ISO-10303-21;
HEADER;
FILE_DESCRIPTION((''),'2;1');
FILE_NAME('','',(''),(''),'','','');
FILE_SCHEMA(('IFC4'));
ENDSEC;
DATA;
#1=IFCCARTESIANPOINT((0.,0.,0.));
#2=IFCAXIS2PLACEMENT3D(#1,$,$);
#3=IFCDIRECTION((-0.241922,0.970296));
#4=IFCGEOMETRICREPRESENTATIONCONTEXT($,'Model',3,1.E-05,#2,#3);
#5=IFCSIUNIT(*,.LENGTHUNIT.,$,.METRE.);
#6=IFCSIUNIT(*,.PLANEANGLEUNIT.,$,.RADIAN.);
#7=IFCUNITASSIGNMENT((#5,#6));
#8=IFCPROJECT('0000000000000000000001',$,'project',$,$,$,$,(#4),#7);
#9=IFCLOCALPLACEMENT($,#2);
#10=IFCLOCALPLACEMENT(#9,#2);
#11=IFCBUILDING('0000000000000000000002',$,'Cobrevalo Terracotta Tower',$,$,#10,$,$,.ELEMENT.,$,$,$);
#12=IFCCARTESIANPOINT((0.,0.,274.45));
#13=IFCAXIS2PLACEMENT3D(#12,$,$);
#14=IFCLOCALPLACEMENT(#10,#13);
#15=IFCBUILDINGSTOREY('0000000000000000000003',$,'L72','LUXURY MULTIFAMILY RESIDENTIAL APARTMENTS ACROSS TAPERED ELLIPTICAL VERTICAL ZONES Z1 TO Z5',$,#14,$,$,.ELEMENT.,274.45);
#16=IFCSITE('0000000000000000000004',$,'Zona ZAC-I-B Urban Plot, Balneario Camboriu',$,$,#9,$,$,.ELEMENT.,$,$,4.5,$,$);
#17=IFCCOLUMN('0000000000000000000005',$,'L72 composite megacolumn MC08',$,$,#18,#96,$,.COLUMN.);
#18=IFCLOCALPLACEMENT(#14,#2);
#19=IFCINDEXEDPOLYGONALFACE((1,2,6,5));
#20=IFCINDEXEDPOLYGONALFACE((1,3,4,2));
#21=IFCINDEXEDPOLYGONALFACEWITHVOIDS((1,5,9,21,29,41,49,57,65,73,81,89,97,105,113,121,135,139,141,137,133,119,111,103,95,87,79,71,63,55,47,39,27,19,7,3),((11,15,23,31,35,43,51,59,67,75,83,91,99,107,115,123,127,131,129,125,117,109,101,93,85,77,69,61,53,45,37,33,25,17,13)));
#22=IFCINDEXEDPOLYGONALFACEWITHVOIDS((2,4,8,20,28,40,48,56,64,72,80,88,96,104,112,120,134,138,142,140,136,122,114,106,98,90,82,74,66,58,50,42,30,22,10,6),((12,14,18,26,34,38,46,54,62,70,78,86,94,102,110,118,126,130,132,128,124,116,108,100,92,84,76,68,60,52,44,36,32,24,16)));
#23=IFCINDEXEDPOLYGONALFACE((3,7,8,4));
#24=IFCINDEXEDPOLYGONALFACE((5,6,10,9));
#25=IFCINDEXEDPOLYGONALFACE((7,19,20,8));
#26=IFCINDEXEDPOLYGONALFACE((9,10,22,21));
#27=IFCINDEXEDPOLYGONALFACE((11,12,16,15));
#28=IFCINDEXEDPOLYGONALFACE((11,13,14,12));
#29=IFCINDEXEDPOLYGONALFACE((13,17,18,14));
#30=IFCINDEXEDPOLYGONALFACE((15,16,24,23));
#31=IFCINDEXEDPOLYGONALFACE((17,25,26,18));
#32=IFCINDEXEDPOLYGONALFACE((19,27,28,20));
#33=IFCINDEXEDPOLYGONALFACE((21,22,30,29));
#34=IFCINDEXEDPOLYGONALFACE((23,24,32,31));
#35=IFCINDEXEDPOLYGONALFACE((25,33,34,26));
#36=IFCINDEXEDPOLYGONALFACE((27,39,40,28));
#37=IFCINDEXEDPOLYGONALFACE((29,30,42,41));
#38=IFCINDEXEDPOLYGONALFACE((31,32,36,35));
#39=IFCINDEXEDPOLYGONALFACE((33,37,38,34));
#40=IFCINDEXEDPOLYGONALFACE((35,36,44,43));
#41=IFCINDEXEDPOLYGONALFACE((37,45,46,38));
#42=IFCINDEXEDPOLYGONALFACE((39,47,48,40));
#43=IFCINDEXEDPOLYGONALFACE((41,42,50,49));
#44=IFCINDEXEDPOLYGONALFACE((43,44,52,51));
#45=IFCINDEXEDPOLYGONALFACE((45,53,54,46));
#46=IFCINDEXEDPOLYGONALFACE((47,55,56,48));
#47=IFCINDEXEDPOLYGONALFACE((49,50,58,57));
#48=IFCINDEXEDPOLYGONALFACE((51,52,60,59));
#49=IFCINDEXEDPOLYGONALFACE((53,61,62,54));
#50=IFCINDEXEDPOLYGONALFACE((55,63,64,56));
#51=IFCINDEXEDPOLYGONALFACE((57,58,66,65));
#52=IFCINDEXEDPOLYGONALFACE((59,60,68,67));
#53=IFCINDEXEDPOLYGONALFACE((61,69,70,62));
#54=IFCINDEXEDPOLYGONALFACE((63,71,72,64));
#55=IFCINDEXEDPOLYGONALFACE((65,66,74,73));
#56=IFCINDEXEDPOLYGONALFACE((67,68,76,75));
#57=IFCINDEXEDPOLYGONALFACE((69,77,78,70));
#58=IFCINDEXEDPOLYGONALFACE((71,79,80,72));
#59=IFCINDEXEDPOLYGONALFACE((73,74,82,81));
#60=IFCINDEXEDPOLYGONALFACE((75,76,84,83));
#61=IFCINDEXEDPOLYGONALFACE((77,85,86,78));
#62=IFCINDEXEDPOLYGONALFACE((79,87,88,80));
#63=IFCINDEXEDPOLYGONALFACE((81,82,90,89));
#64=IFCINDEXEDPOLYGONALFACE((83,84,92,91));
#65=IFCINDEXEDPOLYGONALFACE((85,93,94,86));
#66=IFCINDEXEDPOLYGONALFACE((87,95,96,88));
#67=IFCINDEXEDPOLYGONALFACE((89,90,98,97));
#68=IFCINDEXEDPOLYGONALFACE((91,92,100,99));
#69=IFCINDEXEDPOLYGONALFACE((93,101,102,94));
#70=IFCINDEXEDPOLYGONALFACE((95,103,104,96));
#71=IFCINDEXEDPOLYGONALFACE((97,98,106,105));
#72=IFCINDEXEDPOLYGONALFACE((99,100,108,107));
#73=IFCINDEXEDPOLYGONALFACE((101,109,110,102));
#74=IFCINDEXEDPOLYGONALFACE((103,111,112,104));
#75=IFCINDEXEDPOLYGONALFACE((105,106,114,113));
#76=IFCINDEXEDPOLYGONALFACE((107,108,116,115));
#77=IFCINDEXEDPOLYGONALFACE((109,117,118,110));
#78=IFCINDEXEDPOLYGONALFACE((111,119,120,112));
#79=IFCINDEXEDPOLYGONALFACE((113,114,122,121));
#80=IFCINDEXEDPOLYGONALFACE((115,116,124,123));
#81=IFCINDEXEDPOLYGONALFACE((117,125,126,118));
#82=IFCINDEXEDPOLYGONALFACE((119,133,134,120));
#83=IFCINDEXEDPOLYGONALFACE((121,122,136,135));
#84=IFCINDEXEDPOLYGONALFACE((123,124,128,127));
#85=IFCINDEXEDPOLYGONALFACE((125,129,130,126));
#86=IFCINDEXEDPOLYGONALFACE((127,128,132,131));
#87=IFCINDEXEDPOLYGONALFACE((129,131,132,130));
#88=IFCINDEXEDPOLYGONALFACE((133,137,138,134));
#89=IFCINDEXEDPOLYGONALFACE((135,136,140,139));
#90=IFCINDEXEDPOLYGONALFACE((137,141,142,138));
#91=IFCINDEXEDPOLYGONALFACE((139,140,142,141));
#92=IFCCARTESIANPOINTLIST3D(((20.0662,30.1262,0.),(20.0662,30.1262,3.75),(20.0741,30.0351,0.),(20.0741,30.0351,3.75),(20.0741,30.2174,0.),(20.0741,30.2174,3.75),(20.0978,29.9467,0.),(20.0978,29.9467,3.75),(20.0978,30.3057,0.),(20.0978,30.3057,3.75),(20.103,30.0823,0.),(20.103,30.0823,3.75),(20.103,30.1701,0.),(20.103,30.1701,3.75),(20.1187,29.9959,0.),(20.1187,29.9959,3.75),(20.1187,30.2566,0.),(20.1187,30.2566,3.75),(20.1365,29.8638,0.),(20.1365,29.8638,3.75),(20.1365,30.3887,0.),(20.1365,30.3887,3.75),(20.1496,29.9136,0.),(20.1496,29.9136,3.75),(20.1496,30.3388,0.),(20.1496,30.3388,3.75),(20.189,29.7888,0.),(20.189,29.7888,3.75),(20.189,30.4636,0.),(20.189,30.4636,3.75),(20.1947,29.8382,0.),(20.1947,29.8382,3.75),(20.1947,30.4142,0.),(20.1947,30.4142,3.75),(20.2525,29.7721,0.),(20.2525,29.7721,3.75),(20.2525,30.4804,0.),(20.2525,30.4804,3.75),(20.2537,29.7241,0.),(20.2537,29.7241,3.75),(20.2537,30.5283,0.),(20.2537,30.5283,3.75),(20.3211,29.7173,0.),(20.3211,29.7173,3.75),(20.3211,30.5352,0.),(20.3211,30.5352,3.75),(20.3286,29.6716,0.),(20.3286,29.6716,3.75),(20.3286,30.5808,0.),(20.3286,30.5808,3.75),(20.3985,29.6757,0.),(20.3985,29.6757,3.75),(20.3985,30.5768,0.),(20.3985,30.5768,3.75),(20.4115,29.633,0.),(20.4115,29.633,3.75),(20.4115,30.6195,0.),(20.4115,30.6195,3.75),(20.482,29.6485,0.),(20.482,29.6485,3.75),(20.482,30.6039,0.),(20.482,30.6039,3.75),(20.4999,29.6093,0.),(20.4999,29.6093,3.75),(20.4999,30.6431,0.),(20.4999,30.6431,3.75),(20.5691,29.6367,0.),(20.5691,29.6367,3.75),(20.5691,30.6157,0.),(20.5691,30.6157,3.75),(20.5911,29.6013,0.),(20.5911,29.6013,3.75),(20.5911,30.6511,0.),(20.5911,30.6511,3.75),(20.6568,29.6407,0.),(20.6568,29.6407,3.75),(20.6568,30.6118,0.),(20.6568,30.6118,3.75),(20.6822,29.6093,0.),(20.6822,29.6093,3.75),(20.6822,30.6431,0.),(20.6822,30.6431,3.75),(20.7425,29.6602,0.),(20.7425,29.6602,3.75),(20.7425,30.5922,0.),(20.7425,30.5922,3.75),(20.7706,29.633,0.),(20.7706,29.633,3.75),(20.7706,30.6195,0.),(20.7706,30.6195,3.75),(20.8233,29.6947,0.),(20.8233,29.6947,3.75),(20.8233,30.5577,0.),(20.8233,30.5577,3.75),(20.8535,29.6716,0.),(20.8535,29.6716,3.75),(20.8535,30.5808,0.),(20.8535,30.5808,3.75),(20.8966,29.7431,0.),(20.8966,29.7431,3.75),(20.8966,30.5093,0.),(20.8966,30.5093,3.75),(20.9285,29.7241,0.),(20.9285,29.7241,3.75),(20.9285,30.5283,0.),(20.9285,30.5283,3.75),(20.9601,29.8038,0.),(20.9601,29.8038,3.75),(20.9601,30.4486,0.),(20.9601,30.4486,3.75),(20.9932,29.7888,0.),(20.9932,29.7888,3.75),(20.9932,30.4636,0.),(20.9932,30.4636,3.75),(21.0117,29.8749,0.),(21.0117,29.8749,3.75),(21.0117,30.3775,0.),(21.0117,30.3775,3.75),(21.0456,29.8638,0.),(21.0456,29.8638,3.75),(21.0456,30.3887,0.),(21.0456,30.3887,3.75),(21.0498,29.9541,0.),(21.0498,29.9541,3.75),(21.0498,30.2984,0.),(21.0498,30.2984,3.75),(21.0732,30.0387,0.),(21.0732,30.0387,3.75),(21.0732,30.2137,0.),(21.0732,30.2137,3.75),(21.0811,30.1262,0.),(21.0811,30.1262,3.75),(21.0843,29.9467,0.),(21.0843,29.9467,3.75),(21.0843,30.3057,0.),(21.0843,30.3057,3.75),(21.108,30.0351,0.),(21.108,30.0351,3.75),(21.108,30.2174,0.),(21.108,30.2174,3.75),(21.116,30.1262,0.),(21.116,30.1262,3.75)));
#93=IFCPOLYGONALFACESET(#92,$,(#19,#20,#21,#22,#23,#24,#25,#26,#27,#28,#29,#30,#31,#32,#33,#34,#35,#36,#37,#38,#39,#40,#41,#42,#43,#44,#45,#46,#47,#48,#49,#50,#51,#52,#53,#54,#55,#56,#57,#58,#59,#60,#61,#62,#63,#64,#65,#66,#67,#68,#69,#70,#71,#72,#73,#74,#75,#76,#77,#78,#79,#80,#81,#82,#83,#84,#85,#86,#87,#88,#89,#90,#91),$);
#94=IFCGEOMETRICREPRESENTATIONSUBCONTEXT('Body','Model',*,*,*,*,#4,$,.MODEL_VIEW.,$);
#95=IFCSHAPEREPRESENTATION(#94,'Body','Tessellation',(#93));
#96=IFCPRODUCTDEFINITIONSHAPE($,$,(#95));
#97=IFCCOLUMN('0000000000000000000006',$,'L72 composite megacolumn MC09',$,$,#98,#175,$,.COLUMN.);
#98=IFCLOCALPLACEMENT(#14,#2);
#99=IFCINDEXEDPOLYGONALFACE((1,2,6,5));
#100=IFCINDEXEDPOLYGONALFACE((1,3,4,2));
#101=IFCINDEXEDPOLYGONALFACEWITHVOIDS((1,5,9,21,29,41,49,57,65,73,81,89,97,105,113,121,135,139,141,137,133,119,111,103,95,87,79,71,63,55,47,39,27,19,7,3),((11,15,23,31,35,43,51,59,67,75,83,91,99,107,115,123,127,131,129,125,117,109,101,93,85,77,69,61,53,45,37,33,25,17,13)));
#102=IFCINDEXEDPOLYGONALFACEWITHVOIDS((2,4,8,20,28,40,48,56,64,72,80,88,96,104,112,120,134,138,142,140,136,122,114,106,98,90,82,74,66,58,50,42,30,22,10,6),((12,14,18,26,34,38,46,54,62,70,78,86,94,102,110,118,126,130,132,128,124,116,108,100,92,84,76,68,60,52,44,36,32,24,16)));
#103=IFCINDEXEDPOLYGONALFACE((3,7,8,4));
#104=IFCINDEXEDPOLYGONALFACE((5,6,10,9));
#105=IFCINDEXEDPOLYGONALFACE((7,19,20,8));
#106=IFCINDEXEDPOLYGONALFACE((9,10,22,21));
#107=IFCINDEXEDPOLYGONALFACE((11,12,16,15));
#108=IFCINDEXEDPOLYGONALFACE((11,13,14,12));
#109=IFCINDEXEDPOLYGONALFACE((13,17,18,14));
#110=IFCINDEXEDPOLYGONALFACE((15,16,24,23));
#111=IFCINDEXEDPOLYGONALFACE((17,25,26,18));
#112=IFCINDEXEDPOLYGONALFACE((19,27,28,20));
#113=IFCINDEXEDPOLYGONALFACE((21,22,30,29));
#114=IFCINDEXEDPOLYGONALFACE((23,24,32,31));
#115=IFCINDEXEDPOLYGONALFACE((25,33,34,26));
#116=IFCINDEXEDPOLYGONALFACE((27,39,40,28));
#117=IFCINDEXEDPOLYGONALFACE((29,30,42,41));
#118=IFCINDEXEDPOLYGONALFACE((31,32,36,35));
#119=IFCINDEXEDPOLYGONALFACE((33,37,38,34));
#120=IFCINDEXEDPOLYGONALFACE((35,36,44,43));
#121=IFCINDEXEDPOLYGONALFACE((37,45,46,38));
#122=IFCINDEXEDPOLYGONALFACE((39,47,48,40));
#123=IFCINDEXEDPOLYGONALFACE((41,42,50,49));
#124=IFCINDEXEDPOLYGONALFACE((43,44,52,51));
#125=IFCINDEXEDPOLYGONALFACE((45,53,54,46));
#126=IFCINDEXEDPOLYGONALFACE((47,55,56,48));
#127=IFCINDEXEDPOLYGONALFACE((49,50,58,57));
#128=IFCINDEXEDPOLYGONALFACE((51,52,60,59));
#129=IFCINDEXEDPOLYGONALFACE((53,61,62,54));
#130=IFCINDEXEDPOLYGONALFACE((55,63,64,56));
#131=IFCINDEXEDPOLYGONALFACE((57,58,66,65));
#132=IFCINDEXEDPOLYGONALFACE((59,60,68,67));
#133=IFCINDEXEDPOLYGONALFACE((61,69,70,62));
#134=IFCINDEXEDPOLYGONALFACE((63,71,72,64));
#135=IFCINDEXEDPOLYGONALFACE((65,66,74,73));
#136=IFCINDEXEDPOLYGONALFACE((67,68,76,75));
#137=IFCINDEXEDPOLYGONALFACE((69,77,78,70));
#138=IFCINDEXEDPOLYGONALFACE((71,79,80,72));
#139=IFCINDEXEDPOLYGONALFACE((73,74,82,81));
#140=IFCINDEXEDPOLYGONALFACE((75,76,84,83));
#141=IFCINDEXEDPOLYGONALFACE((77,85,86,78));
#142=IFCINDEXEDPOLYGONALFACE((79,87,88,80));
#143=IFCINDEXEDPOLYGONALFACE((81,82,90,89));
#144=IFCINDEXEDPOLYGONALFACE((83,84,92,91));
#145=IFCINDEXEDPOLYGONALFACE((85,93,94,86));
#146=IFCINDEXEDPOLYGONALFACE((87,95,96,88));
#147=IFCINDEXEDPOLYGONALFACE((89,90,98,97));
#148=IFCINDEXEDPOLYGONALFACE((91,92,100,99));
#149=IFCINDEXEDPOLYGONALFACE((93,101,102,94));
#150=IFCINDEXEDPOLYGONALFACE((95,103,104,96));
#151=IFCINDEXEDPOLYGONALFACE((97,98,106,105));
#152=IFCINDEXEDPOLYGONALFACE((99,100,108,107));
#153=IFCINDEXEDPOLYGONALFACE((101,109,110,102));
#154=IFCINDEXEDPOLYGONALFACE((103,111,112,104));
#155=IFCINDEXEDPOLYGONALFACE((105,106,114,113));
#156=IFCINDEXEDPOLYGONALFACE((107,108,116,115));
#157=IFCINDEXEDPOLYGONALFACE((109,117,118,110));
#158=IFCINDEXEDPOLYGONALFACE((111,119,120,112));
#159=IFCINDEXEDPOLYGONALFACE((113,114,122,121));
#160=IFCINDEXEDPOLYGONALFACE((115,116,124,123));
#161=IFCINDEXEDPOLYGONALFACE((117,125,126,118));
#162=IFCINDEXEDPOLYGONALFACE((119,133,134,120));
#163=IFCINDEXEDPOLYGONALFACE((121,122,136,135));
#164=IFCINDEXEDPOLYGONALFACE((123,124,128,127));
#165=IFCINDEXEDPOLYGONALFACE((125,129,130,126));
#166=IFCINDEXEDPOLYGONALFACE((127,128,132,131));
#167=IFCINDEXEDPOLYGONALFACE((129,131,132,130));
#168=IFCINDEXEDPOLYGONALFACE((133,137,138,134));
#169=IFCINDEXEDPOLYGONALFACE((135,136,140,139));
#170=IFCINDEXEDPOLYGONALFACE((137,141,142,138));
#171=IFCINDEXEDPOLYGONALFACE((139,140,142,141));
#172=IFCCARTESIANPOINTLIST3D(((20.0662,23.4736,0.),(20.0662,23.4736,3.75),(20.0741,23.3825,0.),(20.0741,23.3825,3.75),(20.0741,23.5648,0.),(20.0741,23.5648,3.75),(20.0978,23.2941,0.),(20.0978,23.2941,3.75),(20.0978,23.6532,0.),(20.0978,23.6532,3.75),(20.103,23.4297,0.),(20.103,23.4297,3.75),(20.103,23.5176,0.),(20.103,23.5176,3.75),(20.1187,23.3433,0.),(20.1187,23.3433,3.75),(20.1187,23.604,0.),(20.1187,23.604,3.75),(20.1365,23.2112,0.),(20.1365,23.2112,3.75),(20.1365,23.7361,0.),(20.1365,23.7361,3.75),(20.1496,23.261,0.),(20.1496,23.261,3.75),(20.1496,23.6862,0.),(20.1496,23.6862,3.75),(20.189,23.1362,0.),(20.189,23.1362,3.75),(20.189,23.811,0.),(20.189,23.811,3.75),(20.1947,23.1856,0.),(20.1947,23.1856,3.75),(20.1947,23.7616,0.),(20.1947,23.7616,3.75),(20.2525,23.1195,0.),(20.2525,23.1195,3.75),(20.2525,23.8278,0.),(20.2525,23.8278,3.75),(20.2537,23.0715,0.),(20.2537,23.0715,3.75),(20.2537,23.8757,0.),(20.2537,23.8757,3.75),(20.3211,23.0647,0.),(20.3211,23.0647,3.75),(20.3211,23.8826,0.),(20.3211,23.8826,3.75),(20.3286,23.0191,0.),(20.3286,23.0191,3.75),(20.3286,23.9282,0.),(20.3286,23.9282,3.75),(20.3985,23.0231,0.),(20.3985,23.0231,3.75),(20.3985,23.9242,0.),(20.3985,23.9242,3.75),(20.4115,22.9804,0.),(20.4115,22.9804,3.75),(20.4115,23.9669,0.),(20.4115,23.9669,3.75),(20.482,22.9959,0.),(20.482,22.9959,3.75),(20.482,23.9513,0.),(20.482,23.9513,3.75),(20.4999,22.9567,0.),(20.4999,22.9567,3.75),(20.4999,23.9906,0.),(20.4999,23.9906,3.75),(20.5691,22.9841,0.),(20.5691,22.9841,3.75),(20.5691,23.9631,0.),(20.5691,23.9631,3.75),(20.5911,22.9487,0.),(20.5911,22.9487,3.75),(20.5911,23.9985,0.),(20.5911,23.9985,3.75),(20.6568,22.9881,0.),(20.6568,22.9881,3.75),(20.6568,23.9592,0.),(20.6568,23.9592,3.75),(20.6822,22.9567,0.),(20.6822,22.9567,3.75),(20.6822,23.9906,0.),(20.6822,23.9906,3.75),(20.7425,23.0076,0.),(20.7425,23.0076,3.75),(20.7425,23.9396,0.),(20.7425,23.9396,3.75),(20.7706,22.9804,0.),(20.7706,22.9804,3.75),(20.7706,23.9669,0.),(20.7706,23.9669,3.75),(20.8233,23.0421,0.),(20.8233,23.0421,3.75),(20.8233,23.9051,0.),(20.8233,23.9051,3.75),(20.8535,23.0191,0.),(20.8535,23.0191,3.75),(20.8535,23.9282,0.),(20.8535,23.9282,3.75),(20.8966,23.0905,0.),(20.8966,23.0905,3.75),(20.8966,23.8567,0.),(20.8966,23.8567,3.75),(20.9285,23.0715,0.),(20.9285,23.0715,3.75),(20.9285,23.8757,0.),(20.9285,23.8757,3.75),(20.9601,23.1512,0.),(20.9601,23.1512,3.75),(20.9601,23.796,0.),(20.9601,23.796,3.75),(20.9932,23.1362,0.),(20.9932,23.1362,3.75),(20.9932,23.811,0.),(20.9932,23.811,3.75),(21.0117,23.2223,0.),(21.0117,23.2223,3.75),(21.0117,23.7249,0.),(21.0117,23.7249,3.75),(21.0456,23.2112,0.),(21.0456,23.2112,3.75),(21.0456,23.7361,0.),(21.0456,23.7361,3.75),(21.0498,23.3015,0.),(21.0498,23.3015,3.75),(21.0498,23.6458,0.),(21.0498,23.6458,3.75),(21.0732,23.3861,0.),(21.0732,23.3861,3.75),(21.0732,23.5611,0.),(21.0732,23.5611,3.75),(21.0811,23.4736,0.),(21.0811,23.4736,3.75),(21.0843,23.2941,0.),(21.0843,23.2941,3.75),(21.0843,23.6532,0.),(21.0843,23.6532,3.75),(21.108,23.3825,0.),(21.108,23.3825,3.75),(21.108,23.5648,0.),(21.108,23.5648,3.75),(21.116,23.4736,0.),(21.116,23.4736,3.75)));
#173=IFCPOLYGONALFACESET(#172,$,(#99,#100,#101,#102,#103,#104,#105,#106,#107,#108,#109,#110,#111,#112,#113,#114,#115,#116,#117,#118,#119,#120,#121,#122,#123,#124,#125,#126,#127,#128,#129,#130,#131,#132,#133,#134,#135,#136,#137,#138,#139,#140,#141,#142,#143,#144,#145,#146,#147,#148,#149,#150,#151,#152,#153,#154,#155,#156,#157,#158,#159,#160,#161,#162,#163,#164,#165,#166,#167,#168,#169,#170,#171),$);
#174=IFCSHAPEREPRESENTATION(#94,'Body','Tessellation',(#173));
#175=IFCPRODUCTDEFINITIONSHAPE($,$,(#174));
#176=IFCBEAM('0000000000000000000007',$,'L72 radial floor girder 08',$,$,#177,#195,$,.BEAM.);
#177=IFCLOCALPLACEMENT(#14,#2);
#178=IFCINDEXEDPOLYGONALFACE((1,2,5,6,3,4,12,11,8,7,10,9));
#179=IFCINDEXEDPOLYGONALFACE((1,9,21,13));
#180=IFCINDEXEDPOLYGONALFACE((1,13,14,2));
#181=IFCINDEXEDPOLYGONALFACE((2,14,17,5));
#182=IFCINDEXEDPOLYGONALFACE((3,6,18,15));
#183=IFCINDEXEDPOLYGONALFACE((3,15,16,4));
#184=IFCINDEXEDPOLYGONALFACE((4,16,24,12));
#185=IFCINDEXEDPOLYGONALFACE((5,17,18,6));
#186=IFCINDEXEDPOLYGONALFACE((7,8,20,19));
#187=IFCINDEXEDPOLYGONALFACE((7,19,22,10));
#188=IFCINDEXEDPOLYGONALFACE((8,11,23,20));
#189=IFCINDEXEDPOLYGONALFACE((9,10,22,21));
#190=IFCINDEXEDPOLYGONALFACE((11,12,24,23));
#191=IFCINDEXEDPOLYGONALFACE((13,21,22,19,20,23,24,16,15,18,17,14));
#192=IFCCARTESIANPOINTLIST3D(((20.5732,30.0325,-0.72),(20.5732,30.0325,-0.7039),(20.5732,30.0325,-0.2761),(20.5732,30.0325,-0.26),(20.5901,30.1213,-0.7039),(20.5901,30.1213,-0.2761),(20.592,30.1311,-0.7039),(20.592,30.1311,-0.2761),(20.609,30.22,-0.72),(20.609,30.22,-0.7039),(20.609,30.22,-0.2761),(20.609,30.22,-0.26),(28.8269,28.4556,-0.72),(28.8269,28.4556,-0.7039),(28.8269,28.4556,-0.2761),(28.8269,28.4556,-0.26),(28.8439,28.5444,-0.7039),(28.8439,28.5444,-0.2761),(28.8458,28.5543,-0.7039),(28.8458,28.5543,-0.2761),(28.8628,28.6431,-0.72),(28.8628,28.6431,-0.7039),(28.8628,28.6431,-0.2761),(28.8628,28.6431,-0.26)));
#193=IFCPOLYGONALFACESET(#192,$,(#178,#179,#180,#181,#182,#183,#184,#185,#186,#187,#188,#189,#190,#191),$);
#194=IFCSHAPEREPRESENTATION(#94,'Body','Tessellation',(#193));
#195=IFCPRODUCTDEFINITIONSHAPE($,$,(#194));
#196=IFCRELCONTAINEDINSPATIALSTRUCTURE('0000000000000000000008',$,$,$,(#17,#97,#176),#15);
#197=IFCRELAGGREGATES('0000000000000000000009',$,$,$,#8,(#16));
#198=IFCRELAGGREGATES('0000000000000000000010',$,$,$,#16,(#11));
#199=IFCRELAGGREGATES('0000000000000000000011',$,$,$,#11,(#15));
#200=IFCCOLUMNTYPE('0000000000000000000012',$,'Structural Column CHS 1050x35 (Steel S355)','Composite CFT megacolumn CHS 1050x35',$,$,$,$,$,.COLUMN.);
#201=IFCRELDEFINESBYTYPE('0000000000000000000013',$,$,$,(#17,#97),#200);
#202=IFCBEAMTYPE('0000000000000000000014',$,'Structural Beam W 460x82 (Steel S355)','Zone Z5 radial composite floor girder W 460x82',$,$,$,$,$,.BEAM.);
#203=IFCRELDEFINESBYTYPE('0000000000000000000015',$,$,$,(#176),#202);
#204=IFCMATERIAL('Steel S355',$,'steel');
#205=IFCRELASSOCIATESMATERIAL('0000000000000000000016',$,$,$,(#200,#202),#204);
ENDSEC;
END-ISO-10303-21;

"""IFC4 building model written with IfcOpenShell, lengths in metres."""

from ifc_helpers import new_model, si_unit, direction, frame, origin, origin_2d, place, context, subcontext, project, spatial, hollow_circle, i_section, extrude, material, material_profile, profile_set, type_object, element, save


model = new_model("IFC4")

# Units and contexts
model_context = context("Model", 3, precision=1e-05, world=origin(), true_north=direction((-0.241922, 0.970296)))
body_context = subcontext(model_context, "Body", "Model", "MODEL_VIEW")
ifc_project = project(units=[si_unit("LENGTHUNIT", "METRE"), si_unit("PLANEANGLEUNIT", "RADIAN")], contexts=[model_context])

# Site, building, storey
site_placement = place(None, origin())
site = spatial("IfcSite", under=ifc_project, at=site_placement, Name="Zona ZAC-I-B Urban Plot, Balneario Camboriu", CompositionType="ELEMENT", RefElevation=4.5)
building_placement = place(site_placement, origin())
building = spatial("IfcBuilding", under=site, at=building_placement, Name="Cobrevalo Terracotta Tower", CompositionType="ELEMENT")
storey_placement = place(building_placement, frame((0.0, 0.0, 274.45)))
storey = spatial("IfcBuildingStorey", under=building, at=storey_placement, Name="L72", Description="LUXURY MULTIFAMILY RESIDENTIAL APARTMENTS ACROSS TAPERED ELLIPTICAL VERTICAL ZONES Z1 TO Z5", CompositionType="ELEMENT", Elevation=274.45)

# Columns
ifc_material_1 = material(Name="Steel S355", Category="steel")
ifc_material_profile_1 = material_profile(ifc_material_1, hollow_circle(Radius=0.5249, WallThickness=0.0349, at=origin_2d()), Name="CHS 1050x35")
ifc_profile_set_1 = profile_set([ifc_material_profile_1], Name="Steel S355")
column_type = type_object("IfcColumnType", Name="Structural Column CHS 1050x35 (Steel S355)", Description="Composite CFT megacolumn CHS 1050x35", PredefinedType="COLUMN", material=ifc_profile_set_1)
for number, where, z_axis, x_axis, name in (
    (1, (20.5911, 30.1262, 0.0), (0.0, 0.0, 1.0), (1.0, 0.0, 0.0), "L72 composite megacolumn MC08"),
    (2, (20.5911, 23.4736, 0.0), (0.0, 0.0, 1.0), (1.0, 0.0, 0.0), "L72 composite megacolumn MC09"),
):
    element("IfcColumn", number, at=place(storey_placement, frame(where, z_axis=z_axis, x_axis=x_axis)), inside=storey, type_object=column_type, Name=name, PredefinedType="COLUMN", context=body_context, shape_type="SweptSolid", body=[
        extrude(hollow_circle(Radius=0.5249, WallThickness=0.0349, at=origin_2d()), origin(), (0.0, 0.0, 1.0), 3.75),
    ])

# Beam
ifc_material_profile_2 = material_profile(ifc_material_1, i_section(OverallWidth=0.1909, OverallDepth=0.46, WebThickness=0.01, FlangeThickness=0.0161, at=origin_2d()), Name="W 460x82")
ifc_profile_set_2 = profile_set([ifc_material_profile_2], Name="Steel S355")
beam_type_1 = type_object("IfcBeamType", Name="Structural Beam W 460x82 (Steel S355)", Description="Zone Z5 radial composite floor girder W 460x82", PredefinedType="BEAM", material=ifc_profile_set_2)
beam_1_placement = place(storey_placement, frame((20.5911, 30.1262, -0.49), z_axis=(0.982235, -0.187655, 0.0), x_axis=(0.187655, 0.982235, 0.0)))
element("IfcBeam", 3, at=beam_1_placement, inside=storey, type_object=beam_type_1, Name="L72 radial floor girder 08", PredefinedType="BEAM", context=body_context, shape_type="SweptSolid", body=[
    extrude(i_section(OverallWidth=0.1909, OverallDepth=0.46, WebThickness=0.01, FlangeThickness=0.0161, at=origin_2d()), origin(), (0.0, 0.0, 1.0), 8.4031),
])

save(model, "model.ifc")
